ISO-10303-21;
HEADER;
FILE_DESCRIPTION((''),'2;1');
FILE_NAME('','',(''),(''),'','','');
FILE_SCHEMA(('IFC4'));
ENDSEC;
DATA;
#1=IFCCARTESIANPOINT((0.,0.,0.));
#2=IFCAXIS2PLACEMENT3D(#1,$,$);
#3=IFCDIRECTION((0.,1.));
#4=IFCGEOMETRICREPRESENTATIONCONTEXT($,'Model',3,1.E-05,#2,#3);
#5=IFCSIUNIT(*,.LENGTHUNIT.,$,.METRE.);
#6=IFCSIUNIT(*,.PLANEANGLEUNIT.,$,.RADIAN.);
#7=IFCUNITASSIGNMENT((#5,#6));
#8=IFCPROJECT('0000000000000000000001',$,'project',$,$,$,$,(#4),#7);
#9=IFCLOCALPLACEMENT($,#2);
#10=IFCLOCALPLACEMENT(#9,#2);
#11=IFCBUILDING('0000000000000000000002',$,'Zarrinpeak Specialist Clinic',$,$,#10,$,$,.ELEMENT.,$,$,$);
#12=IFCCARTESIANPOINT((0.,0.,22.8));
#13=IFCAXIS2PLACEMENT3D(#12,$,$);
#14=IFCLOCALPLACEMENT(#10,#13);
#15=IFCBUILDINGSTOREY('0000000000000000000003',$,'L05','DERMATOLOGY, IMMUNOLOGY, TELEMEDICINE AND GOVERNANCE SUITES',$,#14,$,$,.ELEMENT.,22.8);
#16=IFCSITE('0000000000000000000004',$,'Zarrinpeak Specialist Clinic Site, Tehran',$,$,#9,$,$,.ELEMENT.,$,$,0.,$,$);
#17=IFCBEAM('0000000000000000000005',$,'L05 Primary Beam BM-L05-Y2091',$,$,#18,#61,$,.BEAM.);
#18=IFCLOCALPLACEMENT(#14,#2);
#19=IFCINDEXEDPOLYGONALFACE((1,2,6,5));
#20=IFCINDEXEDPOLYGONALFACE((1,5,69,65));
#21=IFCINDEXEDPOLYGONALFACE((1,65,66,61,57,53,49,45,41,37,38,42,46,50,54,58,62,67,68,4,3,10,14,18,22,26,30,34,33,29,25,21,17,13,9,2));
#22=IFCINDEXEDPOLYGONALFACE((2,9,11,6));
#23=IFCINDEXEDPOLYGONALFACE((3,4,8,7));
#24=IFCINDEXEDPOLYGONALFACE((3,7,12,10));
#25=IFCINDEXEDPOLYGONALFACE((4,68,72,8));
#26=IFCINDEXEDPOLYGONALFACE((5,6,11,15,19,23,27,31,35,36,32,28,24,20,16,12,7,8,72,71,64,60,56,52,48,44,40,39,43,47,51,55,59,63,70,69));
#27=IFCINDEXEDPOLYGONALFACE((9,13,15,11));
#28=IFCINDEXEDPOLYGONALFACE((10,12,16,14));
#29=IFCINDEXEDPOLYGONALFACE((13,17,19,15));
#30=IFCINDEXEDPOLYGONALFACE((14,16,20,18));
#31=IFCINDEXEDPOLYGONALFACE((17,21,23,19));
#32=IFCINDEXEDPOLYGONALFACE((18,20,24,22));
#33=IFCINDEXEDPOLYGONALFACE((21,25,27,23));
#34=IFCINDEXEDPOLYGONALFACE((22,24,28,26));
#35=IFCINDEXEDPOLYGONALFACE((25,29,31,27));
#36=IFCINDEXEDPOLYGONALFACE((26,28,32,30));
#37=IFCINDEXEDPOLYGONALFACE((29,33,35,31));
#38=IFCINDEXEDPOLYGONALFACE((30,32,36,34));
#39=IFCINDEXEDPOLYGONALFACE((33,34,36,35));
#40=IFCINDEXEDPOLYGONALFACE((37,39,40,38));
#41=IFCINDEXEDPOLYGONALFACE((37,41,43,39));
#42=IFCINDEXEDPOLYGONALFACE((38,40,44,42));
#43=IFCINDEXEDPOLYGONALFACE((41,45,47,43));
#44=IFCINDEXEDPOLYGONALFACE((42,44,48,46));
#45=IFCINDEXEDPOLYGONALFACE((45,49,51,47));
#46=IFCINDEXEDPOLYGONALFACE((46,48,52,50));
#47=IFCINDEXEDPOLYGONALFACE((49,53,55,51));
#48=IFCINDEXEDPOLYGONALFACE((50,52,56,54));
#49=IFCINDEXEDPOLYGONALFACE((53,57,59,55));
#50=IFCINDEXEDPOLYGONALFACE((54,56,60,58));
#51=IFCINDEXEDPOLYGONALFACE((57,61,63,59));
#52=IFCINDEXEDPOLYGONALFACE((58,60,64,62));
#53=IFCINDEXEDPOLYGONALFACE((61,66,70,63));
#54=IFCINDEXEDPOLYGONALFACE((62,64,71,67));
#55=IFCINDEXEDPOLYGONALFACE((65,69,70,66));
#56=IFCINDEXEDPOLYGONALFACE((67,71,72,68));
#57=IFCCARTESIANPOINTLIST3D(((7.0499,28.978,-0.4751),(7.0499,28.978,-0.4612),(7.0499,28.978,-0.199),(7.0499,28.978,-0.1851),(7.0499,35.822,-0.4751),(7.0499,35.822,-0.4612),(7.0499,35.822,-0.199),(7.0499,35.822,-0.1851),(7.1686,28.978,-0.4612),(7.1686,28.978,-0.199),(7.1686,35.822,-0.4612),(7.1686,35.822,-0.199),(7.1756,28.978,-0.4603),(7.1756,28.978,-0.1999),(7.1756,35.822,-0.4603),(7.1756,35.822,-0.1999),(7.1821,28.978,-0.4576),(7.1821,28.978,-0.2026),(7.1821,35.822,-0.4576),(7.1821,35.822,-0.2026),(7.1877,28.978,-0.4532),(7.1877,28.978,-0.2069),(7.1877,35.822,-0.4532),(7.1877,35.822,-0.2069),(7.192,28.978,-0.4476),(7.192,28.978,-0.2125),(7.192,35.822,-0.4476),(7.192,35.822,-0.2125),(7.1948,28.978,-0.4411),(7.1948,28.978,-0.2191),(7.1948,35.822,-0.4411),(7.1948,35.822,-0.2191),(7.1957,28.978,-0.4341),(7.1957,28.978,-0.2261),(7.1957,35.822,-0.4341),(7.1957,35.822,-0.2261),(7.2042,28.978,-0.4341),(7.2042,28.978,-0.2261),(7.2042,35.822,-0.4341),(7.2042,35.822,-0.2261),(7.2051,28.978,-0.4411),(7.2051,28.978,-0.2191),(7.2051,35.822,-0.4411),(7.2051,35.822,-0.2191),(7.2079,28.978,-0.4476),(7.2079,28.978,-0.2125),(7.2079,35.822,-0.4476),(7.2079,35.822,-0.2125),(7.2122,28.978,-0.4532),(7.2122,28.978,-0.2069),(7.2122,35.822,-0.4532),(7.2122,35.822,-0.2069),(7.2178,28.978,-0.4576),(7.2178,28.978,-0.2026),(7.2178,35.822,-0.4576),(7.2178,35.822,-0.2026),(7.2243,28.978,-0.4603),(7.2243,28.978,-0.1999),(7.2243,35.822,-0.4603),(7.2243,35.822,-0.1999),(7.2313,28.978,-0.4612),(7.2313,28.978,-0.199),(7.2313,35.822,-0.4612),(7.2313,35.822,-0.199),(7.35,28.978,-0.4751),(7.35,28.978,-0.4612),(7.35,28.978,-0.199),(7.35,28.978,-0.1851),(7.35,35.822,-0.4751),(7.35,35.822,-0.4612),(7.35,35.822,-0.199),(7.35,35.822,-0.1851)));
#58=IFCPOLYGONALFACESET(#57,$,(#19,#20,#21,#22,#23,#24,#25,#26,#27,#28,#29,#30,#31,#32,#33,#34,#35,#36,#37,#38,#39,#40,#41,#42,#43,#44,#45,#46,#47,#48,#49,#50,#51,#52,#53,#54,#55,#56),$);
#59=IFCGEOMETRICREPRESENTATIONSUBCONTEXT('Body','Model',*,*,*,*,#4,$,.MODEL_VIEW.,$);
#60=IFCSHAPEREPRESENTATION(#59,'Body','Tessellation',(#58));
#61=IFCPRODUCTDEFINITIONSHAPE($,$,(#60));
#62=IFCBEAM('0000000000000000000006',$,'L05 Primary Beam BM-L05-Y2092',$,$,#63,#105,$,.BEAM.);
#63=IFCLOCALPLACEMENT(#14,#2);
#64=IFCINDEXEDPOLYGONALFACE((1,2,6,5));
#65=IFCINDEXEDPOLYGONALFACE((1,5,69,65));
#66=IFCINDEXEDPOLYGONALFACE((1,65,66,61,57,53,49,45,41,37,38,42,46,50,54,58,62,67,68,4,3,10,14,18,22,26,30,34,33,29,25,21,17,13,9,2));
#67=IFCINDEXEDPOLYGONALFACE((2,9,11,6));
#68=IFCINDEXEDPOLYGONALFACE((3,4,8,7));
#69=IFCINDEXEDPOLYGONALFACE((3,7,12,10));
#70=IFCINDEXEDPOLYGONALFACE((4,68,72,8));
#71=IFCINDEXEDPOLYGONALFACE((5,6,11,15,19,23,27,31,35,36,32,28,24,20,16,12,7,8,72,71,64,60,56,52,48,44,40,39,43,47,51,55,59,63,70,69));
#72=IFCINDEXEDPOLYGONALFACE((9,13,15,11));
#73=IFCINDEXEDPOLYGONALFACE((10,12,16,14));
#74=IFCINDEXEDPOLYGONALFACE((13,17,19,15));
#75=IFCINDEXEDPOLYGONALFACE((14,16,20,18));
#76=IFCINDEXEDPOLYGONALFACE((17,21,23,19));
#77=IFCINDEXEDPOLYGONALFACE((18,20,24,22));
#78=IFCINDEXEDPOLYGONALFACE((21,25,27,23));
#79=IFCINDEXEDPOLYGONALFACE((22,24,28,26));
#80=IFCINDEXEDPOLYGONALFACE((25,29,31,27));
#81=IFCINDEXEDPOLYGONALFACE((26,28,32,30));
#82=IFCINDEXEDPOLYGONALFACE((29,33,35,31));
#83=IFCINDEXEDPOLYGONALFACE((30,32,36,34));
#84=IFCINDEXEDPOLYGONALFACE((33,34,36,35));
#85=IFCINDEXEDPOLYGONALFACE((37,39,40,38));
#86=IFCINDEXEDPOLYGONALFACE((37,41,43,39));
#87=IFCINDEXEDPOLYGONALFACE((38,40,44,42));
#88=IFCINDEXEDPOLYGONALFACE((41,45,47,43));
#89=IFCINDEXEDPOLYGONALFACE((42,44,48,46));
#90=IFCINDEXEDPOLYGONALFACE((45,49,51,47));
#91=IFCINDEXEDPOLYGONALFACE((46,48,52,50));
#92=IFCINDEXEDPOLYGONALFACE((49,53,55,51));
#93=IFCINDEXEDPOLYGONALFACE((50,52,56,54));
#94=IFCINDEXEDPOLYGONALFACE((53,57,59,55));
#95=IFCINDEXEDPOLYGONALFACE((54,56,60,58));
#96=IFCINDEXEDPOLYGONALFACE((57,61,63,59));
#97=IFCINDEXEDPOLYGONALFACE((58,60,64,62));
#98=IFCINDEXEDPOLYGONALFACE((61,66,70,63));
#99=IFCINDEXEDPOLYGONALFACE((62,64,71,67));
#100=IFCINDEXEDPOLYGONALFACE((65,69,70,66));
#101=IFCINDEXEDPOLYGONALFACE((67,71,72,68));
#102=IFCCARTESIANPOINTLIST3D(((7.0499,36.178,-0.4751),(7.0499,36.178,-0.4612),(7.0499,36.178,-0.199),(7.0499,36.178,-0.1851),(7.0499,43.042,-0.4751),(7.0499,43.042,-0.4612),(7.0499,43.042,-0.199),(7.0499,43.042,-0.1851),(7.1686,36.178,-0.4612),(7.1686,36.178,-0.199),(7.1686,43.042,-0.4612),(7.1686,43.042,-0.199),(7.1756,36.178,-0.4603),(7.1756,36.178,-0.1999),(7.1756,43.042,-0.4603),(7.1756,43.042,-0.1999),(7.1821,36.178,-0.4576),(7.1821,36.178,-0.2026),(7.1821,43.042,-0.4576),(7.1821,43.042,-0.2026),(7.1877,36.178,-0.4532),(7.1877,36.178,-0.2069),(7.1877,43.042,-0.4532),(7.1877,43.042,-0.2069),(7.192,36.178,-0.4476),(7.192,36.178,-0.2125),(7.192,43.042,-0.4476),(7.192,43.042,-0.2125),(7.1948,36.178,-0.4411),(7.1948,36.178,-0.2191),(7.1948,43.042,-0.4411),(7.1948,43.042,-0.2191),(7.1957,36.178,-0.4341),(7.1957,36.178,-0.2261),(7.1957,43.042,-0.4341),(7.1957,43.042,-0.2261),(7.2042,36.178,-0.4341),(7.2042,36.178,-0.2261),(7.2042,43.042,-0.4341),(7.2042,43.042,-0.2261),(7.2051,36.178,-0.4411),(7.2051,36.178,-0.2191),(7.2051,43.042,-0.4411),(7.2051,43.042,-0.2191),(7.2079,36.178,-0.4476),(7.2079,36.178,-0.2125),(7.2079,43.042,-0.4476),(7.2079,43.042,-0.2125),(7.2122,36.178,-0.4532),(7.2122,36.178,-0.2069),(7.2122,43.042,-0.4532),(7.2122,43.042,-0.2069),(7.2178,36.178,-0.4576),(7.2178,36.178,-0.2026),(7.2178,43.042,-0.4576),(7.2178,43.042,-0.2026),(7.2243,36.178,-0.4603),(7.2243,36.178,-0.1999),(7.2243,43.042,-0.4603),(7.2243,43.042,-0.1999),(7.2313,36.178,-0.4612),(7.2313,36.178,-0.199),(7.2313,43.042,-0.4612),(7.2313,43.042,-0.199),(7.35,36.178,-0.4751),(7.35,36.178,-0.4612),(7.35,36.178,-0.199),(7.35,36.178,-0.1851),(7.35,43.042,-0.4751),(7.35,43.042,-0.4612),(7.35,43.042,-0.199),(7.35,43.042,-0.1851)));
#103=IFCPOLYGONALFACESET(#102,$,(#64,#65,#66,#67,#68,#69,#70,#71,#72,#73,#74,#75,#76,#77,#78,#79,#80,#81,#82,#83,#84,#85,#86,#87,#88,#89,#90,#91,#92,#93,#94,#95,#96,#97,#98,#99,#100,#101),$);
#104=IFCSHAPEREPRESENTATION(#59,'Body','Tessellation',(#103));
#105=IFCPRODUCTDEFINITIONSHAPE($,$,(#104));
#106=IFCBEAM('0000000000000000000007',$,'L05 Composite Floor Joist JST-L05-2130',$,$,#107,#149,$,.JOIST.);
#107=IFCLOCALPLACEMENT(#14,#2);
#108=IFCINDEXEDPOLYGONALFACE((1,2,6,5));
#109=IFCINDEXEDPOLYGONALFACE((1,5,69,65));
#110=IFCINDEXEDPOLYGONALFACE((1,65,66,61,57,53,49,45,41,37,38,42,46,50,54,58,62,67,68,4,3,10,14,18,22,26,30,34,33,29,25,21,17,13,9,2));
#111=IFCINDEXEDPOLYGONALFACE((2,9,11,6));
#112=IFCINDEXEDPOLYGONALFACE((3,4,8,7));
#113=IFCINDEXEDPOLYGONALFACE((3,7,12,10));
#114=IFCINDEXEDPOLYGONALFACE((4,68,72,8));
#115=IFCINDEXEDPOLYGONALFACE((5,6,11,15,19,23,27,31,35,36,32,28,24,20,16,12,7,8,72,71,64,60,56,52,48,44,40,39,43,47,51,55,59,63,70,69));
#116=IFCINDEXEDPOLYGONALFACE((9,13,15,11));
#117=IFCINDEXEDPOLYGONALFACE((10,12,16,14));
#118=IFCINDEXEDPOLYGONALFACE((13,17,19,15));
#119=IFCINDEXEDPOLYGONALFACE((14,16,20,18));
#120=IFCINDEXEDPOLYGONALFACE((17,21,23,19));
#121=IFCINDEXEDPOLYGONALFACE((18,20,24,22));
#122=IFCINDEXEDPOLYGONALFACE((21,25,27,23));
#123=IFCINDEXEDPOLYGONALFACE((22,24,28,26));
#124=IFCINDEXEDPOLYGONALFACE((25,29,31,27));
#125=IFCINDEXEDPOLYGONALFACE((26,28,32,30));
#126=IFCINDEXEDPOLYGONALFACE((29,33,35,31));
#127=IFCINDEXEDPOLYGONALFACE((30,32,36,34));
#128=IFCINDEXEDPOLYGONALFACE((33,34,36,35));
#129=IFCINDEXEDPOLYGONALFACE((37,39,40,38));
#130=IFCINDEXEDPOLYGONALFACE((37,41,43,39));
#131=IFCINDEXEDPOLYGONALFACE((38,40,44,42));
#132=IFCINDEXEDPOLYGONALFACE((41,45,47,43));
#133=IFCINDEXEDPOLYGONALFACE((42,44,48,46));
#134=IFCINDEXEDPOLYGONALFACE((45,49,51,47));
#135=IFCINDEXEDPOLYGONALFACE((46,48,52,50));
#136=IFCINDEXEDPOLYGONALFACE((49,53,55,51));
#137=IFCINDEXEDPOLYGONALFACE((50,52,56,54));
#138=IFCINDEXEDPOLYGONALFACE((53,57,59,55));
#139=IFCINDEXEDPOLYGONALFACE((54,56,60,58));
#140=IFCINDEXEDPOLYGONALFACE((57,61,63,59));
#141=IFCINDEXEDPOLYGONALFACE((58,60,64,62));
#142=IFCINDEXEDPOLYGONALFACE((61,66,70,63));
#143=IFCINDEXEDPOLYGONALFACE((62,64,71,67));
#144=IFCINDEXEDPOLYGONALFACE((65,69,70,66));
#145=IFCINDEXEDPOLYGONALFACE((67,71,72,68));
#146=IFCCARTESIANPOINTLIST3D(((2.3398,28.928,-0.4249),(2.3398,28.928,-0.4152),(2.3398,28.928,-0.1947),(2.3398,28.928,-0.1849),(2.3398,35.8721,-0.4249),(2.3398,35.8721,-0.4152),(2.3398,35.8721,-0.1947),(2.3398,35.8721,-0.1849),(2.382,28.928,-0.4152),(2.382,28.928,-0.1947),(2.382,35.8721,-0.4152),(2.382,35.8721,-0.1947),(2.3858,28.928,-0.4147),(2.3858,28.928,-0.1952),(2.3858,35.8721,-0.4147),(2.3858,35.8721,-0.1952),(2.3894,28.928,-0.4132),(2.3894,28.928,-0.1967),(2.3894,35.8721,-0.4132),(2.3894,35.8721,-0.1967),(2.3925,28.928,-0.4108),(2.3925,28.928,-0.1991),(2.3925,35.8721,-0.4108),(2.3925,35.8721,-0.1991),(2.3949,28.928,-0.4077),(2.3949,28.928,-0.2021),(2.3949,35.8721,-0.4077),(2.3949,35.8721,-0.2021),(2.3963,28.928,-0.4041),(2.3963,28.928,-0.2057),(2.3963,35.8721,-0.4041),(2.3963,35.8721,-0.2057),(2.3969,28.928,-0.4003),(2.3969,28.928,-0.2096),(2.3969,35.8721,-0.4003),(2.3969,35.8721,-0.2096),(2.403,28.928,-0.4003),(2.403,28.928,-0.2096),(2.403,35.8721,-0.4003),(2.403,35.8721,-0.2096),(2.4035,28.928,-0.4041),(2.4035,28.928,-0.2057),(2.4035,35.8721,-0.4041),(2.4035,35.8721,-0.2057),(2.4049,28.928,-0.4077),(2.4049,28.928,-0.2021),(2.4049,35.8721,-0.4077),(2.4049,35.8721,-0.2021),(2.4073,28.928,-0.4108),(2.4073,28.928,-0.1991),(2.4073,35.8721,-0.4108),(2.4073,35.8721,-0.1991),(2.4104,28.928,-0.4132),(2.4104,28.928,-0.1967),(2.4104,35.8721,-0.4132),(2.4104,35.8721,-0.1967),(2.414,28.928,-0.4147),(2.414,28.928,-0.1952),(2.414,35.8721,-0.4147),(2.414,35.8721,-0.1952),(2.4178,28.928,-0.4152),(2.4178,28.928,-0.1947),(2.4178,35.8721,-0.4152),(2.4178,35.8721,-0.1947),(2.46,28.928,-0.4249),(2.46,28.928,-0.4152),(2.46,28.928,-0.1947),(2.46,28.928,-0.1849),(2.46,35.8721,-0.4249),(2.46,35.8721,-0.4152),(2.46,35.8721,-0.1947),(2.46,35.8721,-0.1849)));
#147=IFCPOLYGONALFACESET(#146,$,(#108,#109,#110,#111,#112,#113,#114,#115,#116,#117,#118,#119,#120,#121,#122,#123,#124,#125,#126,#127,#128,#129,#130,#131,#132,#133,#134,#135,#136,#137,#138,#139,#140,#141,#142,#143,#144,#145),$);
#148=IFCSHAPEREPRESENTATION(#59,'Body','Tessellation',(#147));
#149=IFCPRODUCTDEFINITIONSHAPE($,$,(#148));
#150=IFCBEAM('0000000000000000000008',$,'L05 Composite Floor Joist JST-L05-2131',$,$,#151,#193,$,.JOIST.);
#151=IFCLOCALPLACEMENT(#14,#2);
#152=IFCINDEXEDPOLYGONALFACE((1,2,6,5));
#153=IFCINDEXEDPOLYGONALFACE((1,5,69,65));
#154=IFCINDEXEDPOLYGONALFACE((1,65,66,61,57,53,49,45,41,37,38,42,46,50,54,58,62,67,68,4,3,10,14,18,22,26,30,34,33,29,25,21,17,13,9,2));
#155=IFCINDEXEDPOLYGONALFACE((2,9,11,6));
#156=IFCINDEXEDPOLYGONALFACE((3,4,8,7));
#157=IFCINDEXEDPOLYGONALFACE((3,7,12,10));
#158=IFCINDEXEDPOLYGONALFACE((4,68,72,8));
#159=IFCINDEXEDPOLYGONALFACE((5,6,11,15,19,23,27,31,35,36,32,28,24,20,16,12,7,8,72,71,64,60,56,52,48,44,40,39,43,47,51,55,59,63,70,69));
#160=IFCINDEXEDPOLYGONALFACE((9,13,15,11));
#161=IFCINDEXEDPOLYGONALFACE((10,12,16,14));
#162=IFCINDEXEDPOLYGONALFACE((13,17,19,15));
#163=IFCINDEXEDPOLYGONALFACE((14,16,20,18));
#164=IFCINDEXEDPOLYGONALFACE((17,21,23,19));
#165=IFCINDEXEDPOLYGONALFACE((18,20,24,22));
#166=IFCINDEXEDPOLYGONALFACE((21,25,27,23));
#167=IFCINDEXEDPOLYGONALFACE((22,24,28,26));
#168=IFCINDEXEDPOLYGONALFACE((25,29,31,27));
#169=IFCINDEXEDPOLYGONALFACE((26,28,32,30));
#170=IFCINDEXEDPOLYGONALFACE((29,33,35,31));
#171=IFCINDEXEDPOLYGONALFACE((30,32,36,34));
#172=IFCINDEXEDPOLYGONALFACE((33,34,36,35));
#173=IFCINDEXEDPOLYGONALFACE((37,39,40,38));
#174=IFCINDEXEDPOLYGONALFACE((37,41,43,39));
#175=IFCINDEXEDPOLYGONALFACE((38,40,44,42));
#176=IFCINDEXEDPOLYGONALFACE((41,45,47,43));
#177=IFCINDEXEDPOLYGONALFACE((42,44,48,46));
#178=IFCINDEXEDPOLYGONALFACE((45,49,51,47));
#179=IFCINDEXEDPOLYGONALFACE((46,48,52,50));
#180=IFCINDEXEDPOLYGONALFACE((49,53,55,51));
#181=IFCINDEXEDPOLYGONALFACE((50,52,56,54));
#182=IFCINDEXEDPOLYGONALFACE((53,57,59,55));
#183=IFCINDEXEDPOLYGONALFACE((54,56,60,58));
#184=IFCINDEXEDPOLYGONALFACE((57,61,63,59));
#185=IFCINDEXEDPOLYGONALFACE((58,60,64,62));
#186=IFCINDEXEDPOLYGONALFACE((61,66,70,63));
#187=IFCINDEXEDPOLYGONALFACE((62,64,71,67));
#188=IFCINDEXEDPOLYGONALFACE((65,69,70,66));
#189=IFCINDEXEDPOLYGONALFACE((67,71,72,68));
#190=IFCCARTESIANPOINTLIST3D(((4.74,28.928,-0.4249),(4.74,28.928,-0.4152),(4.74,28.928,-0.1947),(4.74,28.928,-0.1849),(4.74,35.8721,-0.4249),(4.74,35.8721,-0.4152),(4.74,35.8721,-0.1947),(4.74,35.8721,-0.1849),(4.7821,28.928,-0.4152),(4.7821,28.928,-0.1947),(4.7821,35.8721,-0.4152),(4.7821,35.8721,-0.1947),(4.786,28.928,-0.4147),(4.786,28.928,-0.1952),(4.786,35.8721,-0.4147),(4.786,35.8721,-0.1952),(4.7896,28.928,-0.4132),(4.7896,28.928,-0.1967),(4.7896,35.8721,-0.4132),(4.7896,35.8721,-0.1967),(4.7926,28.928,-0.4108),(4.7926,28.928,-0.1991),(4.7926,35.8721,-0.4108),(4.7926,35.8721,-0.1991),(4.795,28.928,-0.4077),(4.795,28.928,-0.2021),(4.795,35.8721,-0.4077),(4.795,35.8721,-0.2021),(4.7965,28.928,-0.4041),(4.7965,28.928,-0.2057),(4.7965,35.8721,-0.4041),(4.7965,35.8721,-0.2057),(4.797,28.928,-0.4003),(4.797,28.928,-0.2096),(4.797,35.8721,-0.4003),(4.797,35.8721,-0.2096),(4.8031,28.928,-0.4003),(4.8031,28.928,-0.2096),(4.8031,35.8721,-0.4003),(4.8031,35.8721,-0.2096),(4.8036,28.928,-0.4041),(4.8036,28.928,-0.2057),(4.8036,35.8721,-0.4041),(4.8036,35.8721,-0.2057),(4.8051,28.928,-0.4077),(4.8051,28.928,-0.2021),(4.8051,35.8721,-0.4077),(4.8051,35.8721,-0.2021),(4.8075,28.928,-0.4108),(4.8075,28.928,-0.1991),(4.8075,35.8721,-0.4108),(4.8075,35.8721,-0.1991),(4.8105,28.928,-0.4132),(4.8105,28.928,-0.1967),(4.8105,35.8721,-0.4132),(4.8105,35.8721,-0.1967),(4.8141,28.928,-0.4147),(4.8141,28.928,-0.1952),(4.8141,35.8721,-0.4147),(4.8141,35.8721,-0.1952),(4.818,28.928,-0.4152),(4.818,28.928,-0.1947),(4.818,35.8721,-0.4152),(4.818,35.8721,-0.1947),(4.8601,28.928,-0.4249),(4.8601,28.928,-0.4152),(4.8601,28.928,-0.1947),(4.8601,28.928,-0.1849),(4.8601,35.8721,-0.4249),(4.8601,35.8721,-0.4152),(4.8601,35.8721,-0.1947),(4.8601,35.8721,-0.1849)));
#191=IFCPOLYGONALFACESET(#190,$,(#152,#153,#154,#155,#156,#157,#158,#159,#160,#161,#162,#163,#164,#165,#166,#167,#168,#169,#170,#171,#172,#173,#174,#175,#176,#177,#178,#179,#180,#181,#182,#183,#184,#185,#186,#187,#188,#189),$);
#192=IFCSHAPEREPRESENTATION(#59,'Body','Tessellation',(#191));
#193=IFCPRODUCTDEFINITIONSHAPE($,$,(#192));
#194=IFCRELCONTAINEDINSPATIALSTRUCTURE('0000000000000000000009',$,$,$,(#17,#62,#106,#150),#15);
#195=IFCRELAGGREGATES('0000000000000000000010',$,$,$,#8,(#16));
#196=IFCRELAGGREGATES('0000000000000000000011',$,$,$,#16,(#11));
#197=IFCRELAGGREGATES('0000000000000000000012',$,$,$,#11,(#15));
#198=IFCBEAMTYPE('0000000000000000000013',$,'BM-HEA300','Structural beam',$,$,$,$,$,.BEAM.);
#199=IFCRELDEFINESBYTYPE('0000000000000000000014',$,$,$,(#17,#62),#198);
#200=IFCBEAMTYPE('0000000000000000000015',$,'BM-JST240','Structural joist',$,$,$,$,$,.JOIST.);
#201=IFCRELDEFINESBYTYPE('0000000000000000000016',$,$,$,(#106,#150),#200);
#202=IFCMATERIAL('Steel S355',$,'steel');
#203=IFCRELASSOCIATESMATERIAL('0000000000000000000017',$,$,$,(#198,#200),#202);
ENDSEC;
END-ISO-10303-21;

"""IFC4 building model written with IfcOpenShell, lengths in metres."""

from ifc_helpers import new_model, si_unit, direction, frame, origin, origin_2d, place, context, subcontext, project, spatial, i_section, extrude, material, material_profile, profile_set, type_object, element, save


model = new_model("IFC4")

# Units and contexts
model_context = context("Model", 3, precision=1e-05, world=origin(), true_north=direction((0.0, 1.0)))
body_context = subcontext(model_context, "Body", "Model", "MODEL_VIEW")
ifc_project = project(units=[si_unit("LENGTHUNIT", "METRE"), si_unit("PLANEANGLEUNIT", "RADIAN")], contexts=[model_context])

# Site, building, storey
site_placement = place(None, origin())
site = spatial("IfcSite", under=ifc_project, at=site_placement, Name="Zarrinpeak Specialist Clinic Site, Tehran", CompositionType="ELEMENT", RefElevation=0.0)
building_placement = place(site_placement, origin())
building = spatial("IfcBuilding", under=site, at=building_placement, Name="Zarrinpeak Specialist Clinic", CompositionType="ELEMENT")
storey_placement = place(building_placement, frame((0.0, 0.0, 22.8)))
storey = spatial("IfcBuildingStorey", under=building, at=storey_placement, Name="L05", Description="DERMATOLOGY, IMMUNOLOGY, TELEMEDICINE AND GOVERNANCE SUITES", CompositionType="ELEMENT", Elevation=22.8)

# Shared definitions
ifc_material_1 = material(Name="Steel S355", Category="steel")

# Beams
ifc_material_profile_1 = material_profile(ifc_material_1, i_section(OverallWidth=0.3, OverallDepth=0.29, WebThickness=0.0085, FlangeThickness=0.0139, FilletRadius=0.0271, at=origin_2d()), Name="HEA 300")
ifc_profile_set_1 = profile_set([ifc_material_profile_1], Name="Steel S355")
beam_type_1 = type_object("IfcBeamType", Name="BM-HEA300", Description="Structural beam", PredefinedType="BEAM", material=ifc_profile_set_1)
beam_1_placement = place(storey_placement, frame((7.2, 28.978, -0.3301), z_axis=(0.0, 1.0, 0.0), x_axis=(-1.0, 0.0, 0.0)))
element("IfcBeam", 1, at=beam_1_placement, inside=storey, type_object=beam_type_1, Name="L05 Primary Beam BM-L05-Y2091", PredefinedType="BEAM", context=body_context, shape_type="SweptSolid", body=[
    extrude(i_section(OverallWidth=0.3, OverallDepth=0.29, WebThickness=0.0085, FlangeThickness=0.0139, FilletRadius=0.0271, at=origin_2d()), origin(), (0.0, 0.0, 1.0), 6.844),
])
beam_2_placement = place(storey_placement, frame((7.2, 36.178, -0.3301), z_axis=(0.0, 1.0, 0.0), x_axis=(-1.0, 0.0, 0.0)))
element("IfcBeam", 2, at=beam_2_placement, inside=storey, type_object=beam_type_1, Name="L05 Primary Beam BM-L05-Y2092", PredefinedType="BEAM", context=body_context, shape_type="SweptSolid", body=[
    extrude(i_section(OverallWidth=0.3, OverallDepth=0.29, WebThickness=0.0085, FlangeThickness=0.0139, FilletRadius=0.0271, at=origin_2d()), origin(), (0.0, 0.0, 1.0), 6.864),
])
ifc_material_profile_2 = material_profile(ifc_material_1, i_section(OverallWidth=0.1201, OverallDepth=0.24, WebThickness=0.0061, FlangeThickness=0.0098, FilletRadius=0.0149, at=origin_2d()), Name="IPE 240")
ifc_profile_set_2 = profile_set([ifc_material_profile_2], Name="Steel S355")
beam_type_2 = type_object("IfcBeamType", Name="BM-JST240", Description="Structural joist", PredefinedType="JOIST", material=ifc_profile_set_2)
for number, where, z_axis, x_axis, name in (
    (3, (2.3999, 28.928, -0.3049), (0.0, 1.0, 0.0), (-1.0, 0.0, 0.0), "L05 Composite Floor Joist JST-L05-2130"),
    (4, (4.8, 28.928, -0.3049), (0.0, 1.0, 0.0), (-1.0, 0.0, 0.0), "L05 Composite Floor Joist JST-L05-2131"),
):
    element("IfcBeam", number, at=place(storey_placement, frame(where, z_axis=z_axis, x_axis=x_axis)), inside=storey, type_object=beam_type_2, Name=name, PredefinedType="JOIST", context=body_context, shape_type="SweptSolid", body=[
        extrude(i_section(OverallWidth=0.1201, OverallDepth=0.24, WebThickness=0.0061, FlangeThickness=0.0098, FilletRadius=0.0149, at=origin_2d()), origin(), (0.0, 0.0, 1.0), 6.9441),
    ])

save(model, "model.ifc")
